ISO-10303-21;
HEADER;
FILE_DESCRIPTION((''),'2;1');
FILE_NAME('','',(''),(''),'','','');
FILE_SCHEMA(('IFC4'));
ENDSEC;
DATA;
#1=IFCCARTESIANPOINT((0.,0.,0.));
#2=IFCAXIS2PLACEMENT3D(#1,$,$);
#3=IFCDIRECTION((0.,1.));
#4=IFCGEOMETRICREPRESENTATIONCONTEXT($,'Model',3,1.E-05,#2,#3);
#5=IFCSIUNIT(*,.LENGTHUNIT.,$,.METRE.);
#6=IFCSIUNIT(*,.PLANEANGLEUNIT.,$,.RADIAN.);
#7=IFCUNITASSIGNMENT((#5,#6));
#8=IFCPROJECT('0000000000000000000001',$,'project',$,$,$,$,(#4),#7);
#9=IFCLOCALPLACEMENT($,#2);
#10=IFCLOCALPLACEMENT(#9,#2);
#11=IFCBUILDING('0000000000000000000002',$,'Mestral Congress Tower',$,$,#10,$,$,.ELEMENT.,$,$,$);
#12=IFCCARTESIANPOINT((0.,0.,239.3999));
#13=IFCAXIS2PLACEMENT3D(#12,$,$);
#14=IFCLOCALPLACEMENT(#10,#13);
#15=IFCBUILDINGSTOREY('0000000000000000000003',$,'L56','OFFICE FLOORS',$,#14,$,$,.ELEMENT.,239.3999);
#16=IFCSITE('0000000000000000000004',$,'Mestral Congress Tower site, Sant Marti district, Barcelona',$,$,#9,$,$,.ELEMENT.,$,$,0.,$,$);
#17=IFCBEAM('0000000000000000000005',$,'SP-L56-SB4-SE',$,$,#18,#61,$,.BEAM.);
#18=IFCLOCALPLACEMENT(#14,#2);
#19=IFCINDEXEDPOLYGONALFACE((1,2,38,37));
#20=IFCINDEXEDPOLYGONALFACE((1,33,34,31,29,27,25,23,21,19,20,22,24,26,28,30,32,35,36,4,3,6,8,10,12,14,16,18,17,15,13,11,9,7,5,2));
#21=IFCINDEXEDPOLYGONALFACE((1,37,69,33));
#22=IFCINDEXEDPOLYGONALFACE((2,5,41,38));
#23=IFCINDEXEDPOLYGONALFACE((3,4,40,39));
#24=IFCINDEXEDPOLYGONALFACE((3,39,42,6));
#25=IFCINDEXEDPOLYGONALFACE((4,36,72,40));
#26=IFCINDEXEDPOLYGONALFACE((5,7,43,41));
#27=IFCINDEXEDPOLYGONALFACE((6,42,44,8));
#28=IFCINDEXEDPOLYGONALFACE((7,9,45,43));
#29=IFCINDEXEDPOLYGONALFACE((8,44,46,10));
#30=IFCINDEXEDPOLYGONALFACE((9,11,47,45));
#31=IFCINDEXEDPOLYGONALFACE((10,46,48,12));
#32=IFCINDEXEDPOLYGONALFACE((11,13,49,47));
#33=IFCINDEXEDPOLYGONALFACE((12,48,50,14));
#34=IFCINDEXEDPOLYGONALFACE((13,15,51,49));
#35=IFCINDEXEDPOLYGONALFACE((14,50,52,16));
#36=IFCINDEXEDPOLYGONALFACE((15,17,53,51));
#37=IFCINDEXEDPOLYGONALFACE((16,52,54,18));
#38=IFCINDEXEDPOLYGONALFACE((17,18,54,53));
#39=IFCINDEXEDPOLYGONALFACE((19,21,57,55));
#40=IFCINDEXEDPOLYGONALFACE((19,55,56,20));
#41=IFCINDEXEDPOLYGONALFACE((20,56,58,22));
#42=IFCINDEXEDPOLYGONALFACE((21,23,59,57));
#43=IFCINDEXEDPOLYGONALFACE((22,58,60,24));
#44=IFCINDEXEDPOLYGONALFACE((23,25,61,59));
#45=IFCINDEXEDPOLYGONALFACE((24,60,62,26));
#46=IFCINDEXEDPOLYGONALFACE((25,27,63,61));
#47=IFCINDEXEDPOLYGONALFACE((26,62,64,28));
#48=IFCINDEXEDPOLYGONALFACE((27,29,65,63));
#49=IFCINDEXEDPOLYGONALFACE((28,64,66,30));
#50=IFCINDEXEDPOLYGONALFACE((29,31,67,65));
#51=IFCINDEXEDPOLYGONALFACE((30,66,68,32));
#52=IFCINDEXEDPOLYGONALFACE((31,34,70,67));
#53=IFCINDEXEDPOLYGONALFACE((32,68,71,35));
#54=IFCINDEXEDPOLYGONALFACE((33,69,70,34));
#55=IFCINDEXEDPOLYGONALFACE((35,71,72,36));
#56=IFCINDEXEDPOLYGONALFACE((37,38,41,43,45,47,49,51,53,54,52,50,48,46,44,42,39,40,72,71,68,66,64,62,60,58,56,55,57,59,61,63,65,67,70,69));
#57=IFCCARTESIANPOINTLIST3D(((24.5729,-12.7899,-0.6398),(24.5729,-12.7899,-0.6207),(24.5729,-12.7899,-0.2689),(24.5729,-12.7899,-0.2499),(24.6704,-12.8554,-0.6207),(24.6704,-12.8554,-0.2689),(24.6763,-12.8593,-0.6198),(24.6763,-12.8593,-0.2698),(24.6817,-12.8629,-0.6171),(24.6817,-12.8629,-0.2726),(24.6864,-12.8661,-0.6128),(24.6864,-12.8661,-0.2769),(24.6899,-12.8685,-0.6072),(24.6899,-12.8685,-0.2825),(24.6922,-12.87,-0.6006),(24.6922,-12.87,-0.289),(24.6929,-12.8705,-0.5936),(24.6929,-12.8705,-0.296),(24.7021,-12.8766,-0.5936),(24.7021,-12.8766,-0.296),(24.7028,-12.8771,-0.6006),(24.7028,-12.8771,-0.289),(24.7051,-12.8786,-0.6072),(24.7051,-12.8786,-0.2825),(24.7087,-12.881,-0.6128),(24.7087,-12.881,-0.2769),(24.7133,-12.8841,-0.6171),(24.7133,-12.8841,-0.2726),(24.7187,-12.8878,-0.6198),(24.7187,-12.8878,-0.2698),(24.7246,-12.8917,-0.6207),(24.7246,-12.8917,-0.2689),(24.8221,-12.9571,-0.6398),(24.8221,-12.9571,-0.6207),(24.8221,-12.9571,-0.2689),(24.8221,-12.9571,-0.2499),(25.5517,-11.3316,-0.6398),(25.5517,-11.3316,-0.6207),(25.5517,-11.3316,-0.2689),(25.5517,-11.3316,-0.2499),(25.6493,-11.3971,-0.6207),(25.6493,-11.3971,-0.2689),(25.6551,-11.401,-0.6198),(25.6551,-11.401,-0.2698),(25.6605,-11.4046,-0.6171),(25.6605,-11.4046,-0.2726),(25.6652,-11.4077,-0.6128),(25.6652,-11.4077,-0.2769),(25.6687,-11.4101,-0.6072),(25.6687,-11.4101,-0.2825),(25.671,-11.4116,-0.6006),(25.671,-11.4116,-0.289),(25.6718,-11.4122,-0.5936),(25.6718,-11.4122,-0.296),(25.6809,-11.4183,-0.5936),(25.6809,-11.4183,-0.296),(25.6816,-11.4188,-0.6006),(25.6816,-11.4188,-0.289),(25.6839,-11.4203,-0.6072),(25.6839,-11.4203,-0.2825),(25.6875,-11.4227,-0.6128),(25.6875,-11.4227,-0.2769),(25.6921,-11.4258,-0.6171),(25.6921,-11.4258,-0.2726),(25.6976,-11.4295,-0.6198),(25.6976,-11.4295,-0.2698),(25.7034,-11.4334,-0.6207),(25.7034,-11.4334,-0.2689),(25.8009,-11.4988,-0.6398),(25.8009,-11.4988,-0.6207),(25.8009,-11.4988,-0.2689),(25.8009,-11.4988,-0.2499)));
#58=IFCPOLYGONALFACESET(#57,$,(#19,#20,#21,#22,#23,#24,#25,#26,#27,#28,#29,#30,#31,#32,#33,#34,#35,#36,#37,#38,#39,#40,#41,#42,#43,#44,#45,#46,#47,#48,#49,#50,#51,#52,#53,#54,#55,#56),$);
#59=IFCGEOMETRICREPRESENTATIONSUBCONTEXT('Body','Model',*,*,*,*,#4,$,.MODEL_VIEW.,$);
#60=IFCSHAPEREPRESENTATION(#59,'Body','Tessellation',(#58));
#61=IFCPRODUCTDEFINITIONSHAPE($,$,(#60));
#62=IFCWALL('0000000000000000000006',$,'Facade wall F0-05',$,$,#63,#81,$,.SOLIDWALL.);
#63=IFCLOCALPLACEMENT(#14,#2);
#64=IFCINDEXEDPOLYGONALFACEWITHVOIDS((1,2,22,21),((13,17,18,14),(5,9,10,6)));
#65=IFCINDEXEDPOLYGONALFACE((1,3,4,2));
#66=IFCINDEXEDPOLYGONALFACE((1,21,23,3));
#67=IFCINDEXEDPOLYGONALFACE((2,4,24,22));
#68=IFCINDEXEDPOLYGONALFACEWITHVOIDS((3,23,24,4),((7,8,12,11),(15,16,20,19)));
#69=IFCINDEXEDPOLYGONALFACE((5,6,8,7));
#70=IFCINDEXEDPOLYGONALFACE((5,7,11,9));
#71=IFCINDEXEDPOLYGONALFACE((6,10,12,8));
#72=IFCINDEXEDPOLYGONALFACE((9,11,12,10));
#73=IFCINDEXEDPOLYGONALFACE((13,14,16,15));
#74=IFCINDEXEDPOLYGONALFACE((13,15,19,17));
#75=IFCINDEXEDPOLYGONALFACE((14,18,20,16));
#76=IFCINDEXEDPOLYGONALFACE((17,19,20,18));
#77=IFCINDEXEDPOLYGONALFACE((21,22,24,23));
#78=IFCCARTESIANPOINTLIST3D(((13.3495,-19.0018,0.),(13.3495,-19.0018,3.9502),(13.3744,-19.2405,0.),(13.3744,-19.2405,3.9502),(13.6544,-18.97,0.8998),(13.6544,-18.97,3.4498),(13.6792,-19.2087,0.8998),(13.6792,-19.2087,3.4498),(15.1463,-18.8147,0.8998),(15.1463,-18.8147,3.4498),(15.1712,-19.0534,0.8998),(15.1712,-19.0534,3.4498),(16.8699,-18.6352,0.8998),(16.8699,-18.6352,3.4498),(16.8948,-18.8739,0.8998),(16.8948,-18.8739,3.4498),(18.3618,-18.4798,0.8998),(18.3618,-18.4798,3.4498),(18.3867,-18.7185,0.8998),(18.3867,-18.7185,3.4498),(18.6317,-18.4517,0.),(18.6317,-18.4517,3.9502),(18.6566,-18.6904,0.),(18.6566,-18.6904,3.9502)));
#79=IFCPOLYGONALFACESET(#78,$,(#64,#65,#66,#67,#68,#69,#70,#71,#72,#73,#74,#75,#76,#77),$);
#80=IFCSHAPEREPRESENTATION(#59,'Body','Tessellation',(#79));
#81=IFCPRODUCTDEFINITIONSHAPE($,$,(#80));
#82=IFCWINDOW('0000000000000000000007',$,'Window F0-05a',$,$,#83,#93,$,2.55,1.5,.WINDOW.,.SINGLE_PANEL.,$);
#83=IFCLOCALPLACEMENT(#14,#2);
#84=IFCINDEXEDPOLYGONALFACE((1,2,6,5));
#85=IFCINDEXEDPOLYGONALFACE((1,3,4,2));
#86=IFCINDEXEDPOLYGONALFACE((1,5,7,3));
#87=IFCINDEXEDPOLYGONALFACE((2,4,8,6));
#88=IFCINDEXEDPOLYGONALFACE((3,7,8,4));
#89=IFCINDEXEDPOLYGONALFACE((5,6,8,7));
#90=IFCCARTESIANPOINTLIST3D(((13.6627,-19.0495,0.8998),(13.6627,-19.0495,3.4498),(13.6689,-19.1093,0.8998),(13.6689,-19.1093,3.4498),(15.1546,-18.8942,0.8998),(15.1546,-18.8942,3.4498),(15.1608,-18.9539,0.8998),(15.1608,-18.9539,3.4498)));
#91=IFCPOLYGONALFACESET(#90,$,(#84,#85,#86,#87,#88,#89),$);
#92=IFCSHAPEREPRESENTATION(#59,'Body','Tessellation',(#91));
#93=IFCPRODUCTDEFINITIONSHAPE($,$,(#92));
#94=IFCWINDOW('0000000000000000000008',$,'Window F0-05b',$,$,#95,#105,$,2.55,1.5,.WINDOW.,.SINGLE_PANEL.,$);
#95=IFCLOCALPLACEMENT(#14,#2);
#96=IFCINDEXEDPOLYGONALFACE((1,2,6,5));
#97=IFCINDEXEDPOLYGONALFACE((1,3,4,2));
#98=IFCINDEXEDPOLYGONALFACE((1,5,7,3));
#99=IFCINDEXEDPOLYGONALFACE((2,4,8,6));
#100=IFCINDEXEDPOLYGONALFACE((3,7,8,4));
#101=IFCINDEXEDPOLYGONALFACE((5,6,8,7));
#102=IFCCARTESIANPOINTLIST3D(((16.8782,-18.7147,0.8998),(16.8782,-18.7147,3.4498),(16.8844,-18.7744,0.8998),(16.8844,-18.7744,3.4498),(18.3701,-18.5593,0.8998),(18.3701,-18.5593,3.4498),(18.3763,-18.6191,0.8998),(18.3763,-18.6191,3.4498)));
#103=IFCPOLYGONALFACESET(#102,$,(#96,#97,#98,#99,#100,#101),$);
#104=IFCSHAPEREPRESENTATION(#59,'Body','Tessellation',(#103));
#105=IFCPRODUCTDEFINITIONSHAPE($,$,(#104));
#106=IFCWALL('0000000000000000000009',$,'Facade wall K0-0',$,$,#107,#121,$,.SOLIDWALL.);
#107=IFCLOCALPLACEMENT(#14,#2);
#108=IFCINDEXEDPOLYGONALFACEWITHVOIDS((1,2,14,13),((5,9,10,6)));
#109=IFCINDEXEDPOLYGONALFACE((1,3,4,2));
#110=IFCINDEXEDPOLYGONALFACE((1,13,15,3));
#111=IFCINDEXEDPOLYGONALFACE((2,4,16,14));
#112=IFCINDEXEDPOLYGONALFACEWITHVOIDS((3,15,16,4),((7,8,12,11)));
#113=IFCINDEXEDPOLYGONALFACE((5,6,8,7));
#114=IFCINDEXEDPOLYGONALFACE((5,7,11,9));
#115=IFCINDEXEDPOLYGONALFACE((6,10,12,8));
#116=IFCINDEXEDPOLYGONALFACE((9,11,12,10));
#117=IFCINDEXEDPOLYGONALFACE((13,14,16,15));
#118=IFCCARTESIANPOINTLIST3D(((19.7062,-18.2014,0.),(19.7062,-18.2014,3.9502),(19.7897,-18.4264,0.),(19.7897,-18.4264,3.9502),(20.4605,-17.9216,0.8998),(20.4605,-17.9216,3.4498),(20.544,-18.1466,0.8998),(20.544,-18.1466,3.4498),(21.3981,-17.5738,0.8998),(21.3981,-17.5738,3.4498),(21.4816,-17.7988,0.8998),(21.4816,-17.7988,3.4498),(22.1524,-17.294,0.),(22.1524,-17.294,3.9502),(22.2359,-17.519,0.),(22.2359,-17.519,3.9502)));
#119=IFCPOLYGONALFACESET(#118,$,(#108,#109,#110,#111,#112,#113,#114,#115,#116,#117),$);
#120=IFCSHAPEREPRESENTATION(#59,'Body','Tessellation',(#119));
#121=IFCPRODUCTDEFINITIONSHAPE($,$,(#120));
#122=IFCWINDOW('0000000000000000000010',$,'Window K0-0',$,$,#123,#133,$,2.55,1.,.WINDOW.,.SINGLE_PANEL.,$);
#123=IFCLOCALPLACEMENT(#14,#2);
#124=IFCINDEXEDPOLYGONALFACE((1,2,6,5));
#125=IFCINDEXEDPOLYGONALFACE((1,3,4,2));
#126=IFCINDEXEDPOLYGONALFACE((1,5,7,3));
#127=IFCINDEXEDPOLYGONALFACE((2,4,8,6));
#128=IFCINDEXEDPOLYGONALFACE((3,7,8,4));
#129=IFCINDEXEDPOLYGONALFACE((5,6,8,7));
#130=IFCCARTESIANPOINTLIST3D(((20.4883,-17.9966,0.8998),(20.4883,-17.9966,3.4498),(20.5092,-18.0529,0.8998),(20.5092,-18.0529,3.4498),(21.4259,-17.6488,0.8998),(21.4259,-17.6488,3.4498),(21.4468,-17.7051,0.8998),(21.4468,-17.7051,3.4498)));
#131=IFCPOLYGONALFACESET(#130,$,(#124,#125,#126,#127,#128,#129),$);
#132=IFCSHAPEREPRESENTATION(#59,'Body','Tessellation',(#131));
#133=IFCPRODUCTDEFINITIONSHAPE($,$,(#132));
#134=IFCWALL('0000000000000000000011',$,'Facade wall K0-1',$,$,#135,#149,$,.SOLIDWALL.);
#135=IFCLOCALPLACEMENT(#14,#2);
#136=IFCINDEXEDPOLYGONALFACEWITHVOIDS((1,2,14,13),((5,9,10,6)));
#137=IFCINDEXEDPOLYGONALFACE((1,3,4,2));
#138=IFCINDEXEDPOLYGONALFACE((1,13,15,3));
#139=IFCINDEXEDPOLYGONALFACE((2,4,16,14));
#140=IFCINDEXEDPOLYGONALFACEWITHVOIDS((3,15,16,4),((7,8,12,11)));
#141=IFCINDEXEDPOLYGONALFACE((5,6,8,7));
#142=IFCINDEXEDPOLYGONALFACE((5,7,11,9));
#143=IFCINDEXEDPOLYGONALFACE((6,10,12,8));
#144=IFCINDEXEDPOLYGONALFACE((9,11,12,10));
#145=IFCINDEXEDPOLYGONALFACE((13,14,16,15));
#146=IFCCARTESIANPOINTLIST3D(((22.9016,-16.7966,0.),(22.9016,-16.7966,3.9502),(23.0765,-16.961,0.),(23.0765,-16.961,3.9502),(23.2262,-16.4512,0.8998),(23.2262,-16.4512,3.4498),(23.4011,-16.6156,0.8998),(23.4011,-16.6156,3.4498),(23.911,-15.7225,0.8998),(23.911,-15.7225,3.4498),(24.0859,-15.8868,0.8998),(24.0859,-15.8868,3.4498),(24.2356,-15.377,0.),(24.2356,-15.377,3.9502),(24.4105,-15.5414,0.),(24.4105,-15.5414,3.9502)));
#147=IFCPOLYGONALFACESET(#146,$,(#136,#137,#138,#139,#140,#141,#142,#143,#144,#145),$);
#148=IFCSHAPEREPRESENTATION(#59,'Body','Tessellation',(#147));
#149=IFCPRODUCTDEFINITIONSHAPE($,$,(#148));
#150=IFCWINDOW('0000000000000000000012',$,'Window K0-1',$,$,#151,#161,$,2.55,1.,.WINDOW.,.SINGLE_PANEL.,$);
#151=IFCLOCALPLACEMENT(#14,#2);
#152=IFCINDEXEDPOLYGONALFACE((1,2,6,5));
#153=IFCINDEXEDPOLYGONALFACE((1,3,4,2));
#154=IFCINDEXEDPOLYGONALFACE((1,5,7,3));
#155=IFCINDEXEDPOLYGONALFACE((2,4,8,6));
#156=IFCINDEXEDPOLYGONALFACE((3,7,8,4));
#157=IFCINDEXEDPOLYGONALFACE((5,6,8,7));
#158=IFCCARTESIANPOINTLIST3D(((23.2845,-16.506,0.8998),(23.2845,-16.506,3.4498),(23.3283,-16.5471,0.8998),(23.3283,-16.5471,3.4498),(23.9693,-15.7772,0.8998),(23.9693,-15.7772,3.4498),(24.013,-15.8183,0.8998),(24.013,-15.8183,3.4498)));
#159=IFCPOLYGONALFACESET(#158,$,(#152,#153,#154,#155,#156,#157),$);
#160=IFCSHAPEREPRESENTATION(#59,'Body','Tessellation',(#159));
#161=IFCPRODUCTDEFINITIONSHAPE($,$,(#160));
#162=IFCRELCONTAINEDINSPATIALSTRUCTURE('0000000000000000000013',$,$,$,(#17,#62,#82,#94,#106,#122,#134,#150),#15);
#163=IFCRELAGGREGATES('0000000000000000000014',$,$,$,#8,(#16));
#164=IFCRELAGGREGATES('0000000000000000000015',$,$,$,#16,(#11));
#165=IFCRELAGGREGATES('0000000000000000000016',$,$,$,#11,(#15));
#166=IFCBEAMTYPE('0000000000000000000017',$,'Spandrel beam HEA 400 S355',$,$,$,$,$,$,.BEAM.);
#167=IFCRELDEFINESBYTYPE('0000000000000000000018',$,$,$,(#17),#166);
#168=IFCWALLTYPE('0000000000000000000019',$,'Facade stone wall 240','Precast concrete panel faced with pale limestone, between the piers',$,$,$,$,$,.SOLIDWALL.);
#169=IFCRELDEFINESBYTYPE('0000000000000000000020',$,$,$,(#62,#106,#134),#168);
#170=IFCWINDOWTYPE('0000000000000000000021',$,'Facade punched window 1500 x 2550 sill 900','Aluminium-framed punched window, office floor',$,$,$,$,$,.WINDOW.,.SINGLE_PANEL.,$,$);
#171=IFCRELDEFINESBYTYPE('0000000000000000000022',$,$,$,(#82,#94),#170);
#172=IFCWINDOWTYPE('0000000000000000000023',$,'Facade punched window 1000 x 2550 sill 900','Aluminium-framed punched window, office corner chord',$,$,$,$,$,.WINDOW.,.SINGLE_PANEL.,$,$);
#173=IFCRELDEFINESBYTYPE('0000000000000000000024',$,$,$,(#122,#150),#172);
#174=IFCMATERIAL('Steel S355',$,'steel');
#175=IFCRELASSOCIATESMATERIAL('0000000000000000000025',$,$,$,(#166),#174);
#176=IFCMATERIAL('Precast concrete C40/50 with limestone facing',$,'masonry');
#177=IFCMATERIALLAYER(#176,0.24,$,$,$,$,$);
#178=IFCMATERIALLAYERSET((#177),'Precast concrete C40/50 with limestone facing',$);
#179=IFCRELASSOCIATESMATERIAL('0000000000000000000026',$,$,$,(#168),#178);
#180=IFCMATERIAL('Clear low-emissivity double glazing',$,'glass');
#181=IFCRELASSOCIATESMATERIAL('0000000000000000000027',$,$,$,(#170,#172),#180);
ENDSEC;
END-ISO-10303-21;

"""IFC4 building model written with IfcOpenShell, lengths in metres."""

from ifc_helpers import new_model, si_unit, direction, frame, frame_2d, origin, origin_2d, place, context, subcontext, project, spatial, rectangle, i_section, extrude, material, layer, layer_set, material_profile, profile_set, type_object, element, fill, save


model = new_model("IFC4")

# Units and contexts
model_context = context("Model", 3, precision=1e-05, world=origin(), true_north=direction((0.0, 1.0)))
body_context = subcontext(model_context, "Body", "Model", "MODEL_VIEW")
ifc_project = project(units=[si_unit("LENGTHUNIT", "METRE"), si_unit("PLANEANGLEUNIT", "RADIAN")], contexts=[model_context])

# Site, building, storey
site_placement = place(None, origin())
site = spatial("IfcSite", under=ifc_project, at=site_placement, Name="Mestral Congress Tower site, Sant Marti district, Barcelona", CompositionType="ELEMENT", RefElevation=0.0)
building_placement = place(site_placement, origin())
building = spatial("IfcBuilding", under=site, at=building_placement, Name="Mestral Congress Tower", CompositionType="ELEMENT")
storey_placement = place(building_placement, frame((0.0, 0.0, 239.3999)))
storey = spatial("IfcBuildingStorey", under=building, at=storey_placement, Name="L56", Description="OFFICE FLOORS", CompositionType="ELEMENT", Elevation=239.3999)

# Beam
ifc_material_1 = material(Name="Steel S355", Category="steel")
ifc_material_profile_1 = material_profile(ifc_material_1, i_section(OverallWidth=0.3, OverallDepth=0.3899, WebThickness=0.011, FlangeThickness=0.019, FilletRadius=0.0271, at=origin_2d()), Name="HEA 400")
ifc_profile_set_1 = profile_set([ifc_material_profile_1], Name="Steel S355")
beam_type_1 = type_object("IfcBeamType", Name="Spandrel beam HEA 400 S355", PredefinedType="BEAM", material=ifc_profile_set_1)
for number, where, z_axis, x_axis, name in (
    (1, (24.6975, -12.8735, -0.4448), (0.557296, 0.830314, 0.0), (-0.830314, 0.557296, 0.0), "SP-L56-SB4-SE"),
):
    element("IfcBeam", number, at=place(storey_placement, frame(where, z_axis=z_axis, x_axis=x_axis)), inside=storey, type_object=beam_type_1, Name=name, PredefinedType="BEAM", context=body_context, shape_type="SweptSolid", body=[
        extrude(i_section(OverallWidth=0.3, OverallDepth=0.3899, WebThickness=0.011, FlangeThickness=0.019, FilletRadius=0.0271, at=origin_2d()), origin(), (0.0, 0.0, 1.0), 1.7563),
    ])

# Wall, openings, windows
ifc_material_2 = material(Name="Precast concrete C40/50 with limestone facing", Category="masonry")
ifc_layer_1 = layer(ifc_material_2, 0.24)
ifc_layer_set_1 = layer_set([ifc_layer_1], Name="Precast concrete C40/50 with limestone facing")
wall_type_1 = type_object("IfcWallType", Name="Facade stone wall 240", Description="Precast concrete panel faced with pale limestone, between the piers", PredefinedType="SOLIDWALL", material=ifc_layer_set_1)
wall_1_placement = place(storey_placement, frame((13.3621, -19.1211, 0.0), z_axis=(0.0, 0.0, 1.0), x_axis=(0.994622, 0.103572, 0.0)))
wall_1 = element("IfcWall", 2, at=wall_1_placement, inside=storey, type_object=wall_type_1, Name="Facade wall F0-05", PredefinedType="SOLIDWALL", context=body_context, shape_type="SweptSolid", body=[
    extrude(rectangle(XDim=5.3108, YDim=0.24, at=frame_2d((2.6553, 0.0))), origin(), (0.0, 0.0, 1.0), 3.9502),
])
opening_1_placement = place(wall_1_placement, frame((0.3064, 0.0, 0.8999)))
opening_1 = element("IfcOpeningElement", 3, at=opening_1_placement, cuts=wall_1, PredefinedType="OPENING", context=body_context, shape_type="SweptSolid", body=[
    extrude(rectangle(XDim=1.5, YDim=2.55, at=frame_2d((0.75, 1.2749))), frame((0.0, 0.1299, 0.0), z_axis=(0.0, -1.0, 0.0), x_axis=(1.0, 0.0, 0.0)), (0.0, 0.0, 1.0), 0.26),
])
opening_2_placement = place(wall_1_placement, frame((3.5393, 0.0, 0.8999)))
opening_2 = element("IfcOpeningElement", 4, at=opening_2_placement, cuts=wall_1, PredefinedType="OPENING", context=body_context, shape_type="SweptSolid", body=[
    extrude(rectangle(XDim=1.5, YDim=2.55, at=frame_2d((0.75, 1.2749))), frame((0.0, 0.1299, 0.0), z_axis=(0.0, -1.0, 0.0), x_axis=(1.0, 0.0, 0.0)), (0.0, 0.0, 1.0), 0.26),
])
ifc_material_3 = material(Name="Clear low-emissivity double glazing", Category="glass")
window_type_1 = type_object("IfcWindowType", Name="Facade punched window 1500 x 2550 sill 900", Description="Aluminium-framed punched window, office floor", PartitioningType="SINGLE_PANEL", PredefinedType="WINDOW", material=ifc_material_3)
window_1_placement = place(opening_1_placement, origin())
window_1 = element("IfcWindow", 5, at=window_1_placement, inside=storey, type_object=window_type_1, Name="Window F0-05a", OverallHeight=2.55, OverallWidth=1.5, PartitioningType="SINGLE_PANEL", PredefinedType="WINDOW", context=body_context, shape_type="SweptSolid", body=[
    extrude(rectangle(XDim=1.5, YDim=2.55, at=frame_2d((0.75, 1.2749))), frame((0.0, 0.04, 0.0), z_axis=(0.0, -1.0, 0.0), x_axis=(1.0, 0.0, 0.0)), (0.0, 0.0, 1.0), 0.0601),
])
fill(opening_1, window_1)
window_2_placement = place(opening_2_placement, origin())
window_2 = element("IfcWindow", 6, at=window_2_placement, inside=storey, type_object=window_type_1, Name="Window F0-05b", OverallHeight=2.55, OverallWidth=1.5, PartitioningType="SINGLE_PANEL", PredefinedType="WINDOW", context=body_context, shape_type="SweptSolid", body=[
    extrude(rectangle(XDim=1.5, YDim=2.55, at=frame_2d((0.75, 1.2749))), frame((0.0, 0.04, 0.0), z_axis=(0.0, -1.0, 0.0), x_axis=(1.0, 0.0, 0.0)), (0.0, 0.0, 1.0), 0.0601),
])
fill(opening_2, window_2)

# Walls, openings, windows
wall_2_placement = place(storey_placement, frame((19.7478, -18.314, 0.0), z_axis=(0.0, 0.0, 1.0), x_axis=(0.937569, 0.347799, 0.0)))
wall_2 = element("IfcWall", 7, at=wall_2_placement, inside=storey, type_object=wall_type_1, Name="Facade wall K0-0", PredefinedType="SOLIDWALL", context=body_context, shape_type="SweptSolid", body=[
    extrude(rectangle(XDim=2.6091, YDim=0.24, at=frame_2d((1.3047, 0.0))), origin(), (0.0, 0.0, 1.0), 3.9502),
])
opening_3_placement = place(wall_2_placement, frame((0.8047, 0.0, 0.8999)))
opening_3 = element("IfcOpeningElement", 8, at=opening_3_placement, cuts=wall_2, PredefinedType="OPENING", context=body_context, shape_type="SweptSolid", body=[
    extrude(rectangle(XDim=1.0, YDim=2.55, at=frame_2d((0.5, 1.2749))), frame((0.0, 0.1299, 0.0), z_axis=(0.0, -1.0, 0.0), x_axis=(1.0, 0.0, 0.0)), (0.0, 0.0, 1.0), 0.26),
])
window_type_2 = type_object("IfcWindowType", Name="Facade punched window 1000 x 2550 sill 900", Description="Aluminium-framed punched window, office corner chord", PartitioningType="SINGLE_PANEL", PredefinedType="WINDOW", material=ifc_material_3)
window_3_placement = place(opening_3_placement, origin())
window_3 = element("IfcWindow", 9, at=window_3_placement, inside=storey, type_object=window_type_2, Name="Window K0-0", OverallHeight=2.55, OverallWidth=1.0, PartitioningType="SINGLE_PANEL", PredefinedType="WINDOW", context=body_context, shape_type="SweptSolid", body=[
    extrude(rectangle(XDim=1.0, YDim=2.55, at=frame_2d((0.5, 1.2749))), frame((0.0, 0.04, 0.0), z_axis=(0.0, -1.0, 0.0), x_axis=(1.0, 0.0, 0.0)), (0.0, 0.0, 1.0), 0.0601),
])
fill(opening_3, window_3)
wall_3_placement = place(storey_placement, frame((22.989, -16.8789, 0.0), z_axis=(0.0, 0.0, 1.0), x_axis=(0.68477, 0.728759, 0.0)))
wall_3 = element("IfcWall", 10, at=wall_3_placement, inside=storey, type_object=wall_type_1, Name="Facade wall K0-1", PredefinedType="SOLIDWALL", context=body_context, shape_type="SweptSolid", body=[
    extrude(rectangle(XDim=1.948, YDim=0.24, at=frame_2d((0.9741, 0.0))), origin(), (0.0, 0.0, 1.0), 3.9502),
])
opening_4_placement = place(wall_3_placement, frame((0.4741, 0.0, 0.8999)))
opening_4 = element("IfcOpeningElement", 11, at=opening_4_placement, cuts=wall_3, PredefinedType="OPENING", context=body_context, shape_type="SweptSolid", body=[
    extrude(rectangle(XDim=1.0, YDim=2.55, at=frame_2d((0.5, 1.2749))), frame((0.0, 0.1299, 0.0), z_axis=(0.0, -1.0, 0.0), x_axis=(1.0, 0.0, 0.0)), (0.0, 0.0, 1.0), 0.26),
])
window_4_placement = place(opening_4_placement, origin())
window_4 = element("IfcWindow", 12, at=window_4_placement, inside=storey, type_object=window_type_2, Name="Window K0-1", OverallHeight=2.55, OverallWidth=1.0, PartitioningType="SINGLE_PANEL", PredefinedType="WINDOW", context=body_context, shape_type="SweptSolid", body=[
    extrude(rectangle(XDim=1.0, YDim=2.55, at=frame_2d((0.5, 1.2749))), frame((0.0, 0.04, 0.0), z_axis=(0.0, -1.0, 0.0), x_axis=(1.0, 0.0, 0.0)), (0.0, 0.0, 1.0), 0.0601),
])
fill(opening_4, window_4)

save(model, "model.ifc")
